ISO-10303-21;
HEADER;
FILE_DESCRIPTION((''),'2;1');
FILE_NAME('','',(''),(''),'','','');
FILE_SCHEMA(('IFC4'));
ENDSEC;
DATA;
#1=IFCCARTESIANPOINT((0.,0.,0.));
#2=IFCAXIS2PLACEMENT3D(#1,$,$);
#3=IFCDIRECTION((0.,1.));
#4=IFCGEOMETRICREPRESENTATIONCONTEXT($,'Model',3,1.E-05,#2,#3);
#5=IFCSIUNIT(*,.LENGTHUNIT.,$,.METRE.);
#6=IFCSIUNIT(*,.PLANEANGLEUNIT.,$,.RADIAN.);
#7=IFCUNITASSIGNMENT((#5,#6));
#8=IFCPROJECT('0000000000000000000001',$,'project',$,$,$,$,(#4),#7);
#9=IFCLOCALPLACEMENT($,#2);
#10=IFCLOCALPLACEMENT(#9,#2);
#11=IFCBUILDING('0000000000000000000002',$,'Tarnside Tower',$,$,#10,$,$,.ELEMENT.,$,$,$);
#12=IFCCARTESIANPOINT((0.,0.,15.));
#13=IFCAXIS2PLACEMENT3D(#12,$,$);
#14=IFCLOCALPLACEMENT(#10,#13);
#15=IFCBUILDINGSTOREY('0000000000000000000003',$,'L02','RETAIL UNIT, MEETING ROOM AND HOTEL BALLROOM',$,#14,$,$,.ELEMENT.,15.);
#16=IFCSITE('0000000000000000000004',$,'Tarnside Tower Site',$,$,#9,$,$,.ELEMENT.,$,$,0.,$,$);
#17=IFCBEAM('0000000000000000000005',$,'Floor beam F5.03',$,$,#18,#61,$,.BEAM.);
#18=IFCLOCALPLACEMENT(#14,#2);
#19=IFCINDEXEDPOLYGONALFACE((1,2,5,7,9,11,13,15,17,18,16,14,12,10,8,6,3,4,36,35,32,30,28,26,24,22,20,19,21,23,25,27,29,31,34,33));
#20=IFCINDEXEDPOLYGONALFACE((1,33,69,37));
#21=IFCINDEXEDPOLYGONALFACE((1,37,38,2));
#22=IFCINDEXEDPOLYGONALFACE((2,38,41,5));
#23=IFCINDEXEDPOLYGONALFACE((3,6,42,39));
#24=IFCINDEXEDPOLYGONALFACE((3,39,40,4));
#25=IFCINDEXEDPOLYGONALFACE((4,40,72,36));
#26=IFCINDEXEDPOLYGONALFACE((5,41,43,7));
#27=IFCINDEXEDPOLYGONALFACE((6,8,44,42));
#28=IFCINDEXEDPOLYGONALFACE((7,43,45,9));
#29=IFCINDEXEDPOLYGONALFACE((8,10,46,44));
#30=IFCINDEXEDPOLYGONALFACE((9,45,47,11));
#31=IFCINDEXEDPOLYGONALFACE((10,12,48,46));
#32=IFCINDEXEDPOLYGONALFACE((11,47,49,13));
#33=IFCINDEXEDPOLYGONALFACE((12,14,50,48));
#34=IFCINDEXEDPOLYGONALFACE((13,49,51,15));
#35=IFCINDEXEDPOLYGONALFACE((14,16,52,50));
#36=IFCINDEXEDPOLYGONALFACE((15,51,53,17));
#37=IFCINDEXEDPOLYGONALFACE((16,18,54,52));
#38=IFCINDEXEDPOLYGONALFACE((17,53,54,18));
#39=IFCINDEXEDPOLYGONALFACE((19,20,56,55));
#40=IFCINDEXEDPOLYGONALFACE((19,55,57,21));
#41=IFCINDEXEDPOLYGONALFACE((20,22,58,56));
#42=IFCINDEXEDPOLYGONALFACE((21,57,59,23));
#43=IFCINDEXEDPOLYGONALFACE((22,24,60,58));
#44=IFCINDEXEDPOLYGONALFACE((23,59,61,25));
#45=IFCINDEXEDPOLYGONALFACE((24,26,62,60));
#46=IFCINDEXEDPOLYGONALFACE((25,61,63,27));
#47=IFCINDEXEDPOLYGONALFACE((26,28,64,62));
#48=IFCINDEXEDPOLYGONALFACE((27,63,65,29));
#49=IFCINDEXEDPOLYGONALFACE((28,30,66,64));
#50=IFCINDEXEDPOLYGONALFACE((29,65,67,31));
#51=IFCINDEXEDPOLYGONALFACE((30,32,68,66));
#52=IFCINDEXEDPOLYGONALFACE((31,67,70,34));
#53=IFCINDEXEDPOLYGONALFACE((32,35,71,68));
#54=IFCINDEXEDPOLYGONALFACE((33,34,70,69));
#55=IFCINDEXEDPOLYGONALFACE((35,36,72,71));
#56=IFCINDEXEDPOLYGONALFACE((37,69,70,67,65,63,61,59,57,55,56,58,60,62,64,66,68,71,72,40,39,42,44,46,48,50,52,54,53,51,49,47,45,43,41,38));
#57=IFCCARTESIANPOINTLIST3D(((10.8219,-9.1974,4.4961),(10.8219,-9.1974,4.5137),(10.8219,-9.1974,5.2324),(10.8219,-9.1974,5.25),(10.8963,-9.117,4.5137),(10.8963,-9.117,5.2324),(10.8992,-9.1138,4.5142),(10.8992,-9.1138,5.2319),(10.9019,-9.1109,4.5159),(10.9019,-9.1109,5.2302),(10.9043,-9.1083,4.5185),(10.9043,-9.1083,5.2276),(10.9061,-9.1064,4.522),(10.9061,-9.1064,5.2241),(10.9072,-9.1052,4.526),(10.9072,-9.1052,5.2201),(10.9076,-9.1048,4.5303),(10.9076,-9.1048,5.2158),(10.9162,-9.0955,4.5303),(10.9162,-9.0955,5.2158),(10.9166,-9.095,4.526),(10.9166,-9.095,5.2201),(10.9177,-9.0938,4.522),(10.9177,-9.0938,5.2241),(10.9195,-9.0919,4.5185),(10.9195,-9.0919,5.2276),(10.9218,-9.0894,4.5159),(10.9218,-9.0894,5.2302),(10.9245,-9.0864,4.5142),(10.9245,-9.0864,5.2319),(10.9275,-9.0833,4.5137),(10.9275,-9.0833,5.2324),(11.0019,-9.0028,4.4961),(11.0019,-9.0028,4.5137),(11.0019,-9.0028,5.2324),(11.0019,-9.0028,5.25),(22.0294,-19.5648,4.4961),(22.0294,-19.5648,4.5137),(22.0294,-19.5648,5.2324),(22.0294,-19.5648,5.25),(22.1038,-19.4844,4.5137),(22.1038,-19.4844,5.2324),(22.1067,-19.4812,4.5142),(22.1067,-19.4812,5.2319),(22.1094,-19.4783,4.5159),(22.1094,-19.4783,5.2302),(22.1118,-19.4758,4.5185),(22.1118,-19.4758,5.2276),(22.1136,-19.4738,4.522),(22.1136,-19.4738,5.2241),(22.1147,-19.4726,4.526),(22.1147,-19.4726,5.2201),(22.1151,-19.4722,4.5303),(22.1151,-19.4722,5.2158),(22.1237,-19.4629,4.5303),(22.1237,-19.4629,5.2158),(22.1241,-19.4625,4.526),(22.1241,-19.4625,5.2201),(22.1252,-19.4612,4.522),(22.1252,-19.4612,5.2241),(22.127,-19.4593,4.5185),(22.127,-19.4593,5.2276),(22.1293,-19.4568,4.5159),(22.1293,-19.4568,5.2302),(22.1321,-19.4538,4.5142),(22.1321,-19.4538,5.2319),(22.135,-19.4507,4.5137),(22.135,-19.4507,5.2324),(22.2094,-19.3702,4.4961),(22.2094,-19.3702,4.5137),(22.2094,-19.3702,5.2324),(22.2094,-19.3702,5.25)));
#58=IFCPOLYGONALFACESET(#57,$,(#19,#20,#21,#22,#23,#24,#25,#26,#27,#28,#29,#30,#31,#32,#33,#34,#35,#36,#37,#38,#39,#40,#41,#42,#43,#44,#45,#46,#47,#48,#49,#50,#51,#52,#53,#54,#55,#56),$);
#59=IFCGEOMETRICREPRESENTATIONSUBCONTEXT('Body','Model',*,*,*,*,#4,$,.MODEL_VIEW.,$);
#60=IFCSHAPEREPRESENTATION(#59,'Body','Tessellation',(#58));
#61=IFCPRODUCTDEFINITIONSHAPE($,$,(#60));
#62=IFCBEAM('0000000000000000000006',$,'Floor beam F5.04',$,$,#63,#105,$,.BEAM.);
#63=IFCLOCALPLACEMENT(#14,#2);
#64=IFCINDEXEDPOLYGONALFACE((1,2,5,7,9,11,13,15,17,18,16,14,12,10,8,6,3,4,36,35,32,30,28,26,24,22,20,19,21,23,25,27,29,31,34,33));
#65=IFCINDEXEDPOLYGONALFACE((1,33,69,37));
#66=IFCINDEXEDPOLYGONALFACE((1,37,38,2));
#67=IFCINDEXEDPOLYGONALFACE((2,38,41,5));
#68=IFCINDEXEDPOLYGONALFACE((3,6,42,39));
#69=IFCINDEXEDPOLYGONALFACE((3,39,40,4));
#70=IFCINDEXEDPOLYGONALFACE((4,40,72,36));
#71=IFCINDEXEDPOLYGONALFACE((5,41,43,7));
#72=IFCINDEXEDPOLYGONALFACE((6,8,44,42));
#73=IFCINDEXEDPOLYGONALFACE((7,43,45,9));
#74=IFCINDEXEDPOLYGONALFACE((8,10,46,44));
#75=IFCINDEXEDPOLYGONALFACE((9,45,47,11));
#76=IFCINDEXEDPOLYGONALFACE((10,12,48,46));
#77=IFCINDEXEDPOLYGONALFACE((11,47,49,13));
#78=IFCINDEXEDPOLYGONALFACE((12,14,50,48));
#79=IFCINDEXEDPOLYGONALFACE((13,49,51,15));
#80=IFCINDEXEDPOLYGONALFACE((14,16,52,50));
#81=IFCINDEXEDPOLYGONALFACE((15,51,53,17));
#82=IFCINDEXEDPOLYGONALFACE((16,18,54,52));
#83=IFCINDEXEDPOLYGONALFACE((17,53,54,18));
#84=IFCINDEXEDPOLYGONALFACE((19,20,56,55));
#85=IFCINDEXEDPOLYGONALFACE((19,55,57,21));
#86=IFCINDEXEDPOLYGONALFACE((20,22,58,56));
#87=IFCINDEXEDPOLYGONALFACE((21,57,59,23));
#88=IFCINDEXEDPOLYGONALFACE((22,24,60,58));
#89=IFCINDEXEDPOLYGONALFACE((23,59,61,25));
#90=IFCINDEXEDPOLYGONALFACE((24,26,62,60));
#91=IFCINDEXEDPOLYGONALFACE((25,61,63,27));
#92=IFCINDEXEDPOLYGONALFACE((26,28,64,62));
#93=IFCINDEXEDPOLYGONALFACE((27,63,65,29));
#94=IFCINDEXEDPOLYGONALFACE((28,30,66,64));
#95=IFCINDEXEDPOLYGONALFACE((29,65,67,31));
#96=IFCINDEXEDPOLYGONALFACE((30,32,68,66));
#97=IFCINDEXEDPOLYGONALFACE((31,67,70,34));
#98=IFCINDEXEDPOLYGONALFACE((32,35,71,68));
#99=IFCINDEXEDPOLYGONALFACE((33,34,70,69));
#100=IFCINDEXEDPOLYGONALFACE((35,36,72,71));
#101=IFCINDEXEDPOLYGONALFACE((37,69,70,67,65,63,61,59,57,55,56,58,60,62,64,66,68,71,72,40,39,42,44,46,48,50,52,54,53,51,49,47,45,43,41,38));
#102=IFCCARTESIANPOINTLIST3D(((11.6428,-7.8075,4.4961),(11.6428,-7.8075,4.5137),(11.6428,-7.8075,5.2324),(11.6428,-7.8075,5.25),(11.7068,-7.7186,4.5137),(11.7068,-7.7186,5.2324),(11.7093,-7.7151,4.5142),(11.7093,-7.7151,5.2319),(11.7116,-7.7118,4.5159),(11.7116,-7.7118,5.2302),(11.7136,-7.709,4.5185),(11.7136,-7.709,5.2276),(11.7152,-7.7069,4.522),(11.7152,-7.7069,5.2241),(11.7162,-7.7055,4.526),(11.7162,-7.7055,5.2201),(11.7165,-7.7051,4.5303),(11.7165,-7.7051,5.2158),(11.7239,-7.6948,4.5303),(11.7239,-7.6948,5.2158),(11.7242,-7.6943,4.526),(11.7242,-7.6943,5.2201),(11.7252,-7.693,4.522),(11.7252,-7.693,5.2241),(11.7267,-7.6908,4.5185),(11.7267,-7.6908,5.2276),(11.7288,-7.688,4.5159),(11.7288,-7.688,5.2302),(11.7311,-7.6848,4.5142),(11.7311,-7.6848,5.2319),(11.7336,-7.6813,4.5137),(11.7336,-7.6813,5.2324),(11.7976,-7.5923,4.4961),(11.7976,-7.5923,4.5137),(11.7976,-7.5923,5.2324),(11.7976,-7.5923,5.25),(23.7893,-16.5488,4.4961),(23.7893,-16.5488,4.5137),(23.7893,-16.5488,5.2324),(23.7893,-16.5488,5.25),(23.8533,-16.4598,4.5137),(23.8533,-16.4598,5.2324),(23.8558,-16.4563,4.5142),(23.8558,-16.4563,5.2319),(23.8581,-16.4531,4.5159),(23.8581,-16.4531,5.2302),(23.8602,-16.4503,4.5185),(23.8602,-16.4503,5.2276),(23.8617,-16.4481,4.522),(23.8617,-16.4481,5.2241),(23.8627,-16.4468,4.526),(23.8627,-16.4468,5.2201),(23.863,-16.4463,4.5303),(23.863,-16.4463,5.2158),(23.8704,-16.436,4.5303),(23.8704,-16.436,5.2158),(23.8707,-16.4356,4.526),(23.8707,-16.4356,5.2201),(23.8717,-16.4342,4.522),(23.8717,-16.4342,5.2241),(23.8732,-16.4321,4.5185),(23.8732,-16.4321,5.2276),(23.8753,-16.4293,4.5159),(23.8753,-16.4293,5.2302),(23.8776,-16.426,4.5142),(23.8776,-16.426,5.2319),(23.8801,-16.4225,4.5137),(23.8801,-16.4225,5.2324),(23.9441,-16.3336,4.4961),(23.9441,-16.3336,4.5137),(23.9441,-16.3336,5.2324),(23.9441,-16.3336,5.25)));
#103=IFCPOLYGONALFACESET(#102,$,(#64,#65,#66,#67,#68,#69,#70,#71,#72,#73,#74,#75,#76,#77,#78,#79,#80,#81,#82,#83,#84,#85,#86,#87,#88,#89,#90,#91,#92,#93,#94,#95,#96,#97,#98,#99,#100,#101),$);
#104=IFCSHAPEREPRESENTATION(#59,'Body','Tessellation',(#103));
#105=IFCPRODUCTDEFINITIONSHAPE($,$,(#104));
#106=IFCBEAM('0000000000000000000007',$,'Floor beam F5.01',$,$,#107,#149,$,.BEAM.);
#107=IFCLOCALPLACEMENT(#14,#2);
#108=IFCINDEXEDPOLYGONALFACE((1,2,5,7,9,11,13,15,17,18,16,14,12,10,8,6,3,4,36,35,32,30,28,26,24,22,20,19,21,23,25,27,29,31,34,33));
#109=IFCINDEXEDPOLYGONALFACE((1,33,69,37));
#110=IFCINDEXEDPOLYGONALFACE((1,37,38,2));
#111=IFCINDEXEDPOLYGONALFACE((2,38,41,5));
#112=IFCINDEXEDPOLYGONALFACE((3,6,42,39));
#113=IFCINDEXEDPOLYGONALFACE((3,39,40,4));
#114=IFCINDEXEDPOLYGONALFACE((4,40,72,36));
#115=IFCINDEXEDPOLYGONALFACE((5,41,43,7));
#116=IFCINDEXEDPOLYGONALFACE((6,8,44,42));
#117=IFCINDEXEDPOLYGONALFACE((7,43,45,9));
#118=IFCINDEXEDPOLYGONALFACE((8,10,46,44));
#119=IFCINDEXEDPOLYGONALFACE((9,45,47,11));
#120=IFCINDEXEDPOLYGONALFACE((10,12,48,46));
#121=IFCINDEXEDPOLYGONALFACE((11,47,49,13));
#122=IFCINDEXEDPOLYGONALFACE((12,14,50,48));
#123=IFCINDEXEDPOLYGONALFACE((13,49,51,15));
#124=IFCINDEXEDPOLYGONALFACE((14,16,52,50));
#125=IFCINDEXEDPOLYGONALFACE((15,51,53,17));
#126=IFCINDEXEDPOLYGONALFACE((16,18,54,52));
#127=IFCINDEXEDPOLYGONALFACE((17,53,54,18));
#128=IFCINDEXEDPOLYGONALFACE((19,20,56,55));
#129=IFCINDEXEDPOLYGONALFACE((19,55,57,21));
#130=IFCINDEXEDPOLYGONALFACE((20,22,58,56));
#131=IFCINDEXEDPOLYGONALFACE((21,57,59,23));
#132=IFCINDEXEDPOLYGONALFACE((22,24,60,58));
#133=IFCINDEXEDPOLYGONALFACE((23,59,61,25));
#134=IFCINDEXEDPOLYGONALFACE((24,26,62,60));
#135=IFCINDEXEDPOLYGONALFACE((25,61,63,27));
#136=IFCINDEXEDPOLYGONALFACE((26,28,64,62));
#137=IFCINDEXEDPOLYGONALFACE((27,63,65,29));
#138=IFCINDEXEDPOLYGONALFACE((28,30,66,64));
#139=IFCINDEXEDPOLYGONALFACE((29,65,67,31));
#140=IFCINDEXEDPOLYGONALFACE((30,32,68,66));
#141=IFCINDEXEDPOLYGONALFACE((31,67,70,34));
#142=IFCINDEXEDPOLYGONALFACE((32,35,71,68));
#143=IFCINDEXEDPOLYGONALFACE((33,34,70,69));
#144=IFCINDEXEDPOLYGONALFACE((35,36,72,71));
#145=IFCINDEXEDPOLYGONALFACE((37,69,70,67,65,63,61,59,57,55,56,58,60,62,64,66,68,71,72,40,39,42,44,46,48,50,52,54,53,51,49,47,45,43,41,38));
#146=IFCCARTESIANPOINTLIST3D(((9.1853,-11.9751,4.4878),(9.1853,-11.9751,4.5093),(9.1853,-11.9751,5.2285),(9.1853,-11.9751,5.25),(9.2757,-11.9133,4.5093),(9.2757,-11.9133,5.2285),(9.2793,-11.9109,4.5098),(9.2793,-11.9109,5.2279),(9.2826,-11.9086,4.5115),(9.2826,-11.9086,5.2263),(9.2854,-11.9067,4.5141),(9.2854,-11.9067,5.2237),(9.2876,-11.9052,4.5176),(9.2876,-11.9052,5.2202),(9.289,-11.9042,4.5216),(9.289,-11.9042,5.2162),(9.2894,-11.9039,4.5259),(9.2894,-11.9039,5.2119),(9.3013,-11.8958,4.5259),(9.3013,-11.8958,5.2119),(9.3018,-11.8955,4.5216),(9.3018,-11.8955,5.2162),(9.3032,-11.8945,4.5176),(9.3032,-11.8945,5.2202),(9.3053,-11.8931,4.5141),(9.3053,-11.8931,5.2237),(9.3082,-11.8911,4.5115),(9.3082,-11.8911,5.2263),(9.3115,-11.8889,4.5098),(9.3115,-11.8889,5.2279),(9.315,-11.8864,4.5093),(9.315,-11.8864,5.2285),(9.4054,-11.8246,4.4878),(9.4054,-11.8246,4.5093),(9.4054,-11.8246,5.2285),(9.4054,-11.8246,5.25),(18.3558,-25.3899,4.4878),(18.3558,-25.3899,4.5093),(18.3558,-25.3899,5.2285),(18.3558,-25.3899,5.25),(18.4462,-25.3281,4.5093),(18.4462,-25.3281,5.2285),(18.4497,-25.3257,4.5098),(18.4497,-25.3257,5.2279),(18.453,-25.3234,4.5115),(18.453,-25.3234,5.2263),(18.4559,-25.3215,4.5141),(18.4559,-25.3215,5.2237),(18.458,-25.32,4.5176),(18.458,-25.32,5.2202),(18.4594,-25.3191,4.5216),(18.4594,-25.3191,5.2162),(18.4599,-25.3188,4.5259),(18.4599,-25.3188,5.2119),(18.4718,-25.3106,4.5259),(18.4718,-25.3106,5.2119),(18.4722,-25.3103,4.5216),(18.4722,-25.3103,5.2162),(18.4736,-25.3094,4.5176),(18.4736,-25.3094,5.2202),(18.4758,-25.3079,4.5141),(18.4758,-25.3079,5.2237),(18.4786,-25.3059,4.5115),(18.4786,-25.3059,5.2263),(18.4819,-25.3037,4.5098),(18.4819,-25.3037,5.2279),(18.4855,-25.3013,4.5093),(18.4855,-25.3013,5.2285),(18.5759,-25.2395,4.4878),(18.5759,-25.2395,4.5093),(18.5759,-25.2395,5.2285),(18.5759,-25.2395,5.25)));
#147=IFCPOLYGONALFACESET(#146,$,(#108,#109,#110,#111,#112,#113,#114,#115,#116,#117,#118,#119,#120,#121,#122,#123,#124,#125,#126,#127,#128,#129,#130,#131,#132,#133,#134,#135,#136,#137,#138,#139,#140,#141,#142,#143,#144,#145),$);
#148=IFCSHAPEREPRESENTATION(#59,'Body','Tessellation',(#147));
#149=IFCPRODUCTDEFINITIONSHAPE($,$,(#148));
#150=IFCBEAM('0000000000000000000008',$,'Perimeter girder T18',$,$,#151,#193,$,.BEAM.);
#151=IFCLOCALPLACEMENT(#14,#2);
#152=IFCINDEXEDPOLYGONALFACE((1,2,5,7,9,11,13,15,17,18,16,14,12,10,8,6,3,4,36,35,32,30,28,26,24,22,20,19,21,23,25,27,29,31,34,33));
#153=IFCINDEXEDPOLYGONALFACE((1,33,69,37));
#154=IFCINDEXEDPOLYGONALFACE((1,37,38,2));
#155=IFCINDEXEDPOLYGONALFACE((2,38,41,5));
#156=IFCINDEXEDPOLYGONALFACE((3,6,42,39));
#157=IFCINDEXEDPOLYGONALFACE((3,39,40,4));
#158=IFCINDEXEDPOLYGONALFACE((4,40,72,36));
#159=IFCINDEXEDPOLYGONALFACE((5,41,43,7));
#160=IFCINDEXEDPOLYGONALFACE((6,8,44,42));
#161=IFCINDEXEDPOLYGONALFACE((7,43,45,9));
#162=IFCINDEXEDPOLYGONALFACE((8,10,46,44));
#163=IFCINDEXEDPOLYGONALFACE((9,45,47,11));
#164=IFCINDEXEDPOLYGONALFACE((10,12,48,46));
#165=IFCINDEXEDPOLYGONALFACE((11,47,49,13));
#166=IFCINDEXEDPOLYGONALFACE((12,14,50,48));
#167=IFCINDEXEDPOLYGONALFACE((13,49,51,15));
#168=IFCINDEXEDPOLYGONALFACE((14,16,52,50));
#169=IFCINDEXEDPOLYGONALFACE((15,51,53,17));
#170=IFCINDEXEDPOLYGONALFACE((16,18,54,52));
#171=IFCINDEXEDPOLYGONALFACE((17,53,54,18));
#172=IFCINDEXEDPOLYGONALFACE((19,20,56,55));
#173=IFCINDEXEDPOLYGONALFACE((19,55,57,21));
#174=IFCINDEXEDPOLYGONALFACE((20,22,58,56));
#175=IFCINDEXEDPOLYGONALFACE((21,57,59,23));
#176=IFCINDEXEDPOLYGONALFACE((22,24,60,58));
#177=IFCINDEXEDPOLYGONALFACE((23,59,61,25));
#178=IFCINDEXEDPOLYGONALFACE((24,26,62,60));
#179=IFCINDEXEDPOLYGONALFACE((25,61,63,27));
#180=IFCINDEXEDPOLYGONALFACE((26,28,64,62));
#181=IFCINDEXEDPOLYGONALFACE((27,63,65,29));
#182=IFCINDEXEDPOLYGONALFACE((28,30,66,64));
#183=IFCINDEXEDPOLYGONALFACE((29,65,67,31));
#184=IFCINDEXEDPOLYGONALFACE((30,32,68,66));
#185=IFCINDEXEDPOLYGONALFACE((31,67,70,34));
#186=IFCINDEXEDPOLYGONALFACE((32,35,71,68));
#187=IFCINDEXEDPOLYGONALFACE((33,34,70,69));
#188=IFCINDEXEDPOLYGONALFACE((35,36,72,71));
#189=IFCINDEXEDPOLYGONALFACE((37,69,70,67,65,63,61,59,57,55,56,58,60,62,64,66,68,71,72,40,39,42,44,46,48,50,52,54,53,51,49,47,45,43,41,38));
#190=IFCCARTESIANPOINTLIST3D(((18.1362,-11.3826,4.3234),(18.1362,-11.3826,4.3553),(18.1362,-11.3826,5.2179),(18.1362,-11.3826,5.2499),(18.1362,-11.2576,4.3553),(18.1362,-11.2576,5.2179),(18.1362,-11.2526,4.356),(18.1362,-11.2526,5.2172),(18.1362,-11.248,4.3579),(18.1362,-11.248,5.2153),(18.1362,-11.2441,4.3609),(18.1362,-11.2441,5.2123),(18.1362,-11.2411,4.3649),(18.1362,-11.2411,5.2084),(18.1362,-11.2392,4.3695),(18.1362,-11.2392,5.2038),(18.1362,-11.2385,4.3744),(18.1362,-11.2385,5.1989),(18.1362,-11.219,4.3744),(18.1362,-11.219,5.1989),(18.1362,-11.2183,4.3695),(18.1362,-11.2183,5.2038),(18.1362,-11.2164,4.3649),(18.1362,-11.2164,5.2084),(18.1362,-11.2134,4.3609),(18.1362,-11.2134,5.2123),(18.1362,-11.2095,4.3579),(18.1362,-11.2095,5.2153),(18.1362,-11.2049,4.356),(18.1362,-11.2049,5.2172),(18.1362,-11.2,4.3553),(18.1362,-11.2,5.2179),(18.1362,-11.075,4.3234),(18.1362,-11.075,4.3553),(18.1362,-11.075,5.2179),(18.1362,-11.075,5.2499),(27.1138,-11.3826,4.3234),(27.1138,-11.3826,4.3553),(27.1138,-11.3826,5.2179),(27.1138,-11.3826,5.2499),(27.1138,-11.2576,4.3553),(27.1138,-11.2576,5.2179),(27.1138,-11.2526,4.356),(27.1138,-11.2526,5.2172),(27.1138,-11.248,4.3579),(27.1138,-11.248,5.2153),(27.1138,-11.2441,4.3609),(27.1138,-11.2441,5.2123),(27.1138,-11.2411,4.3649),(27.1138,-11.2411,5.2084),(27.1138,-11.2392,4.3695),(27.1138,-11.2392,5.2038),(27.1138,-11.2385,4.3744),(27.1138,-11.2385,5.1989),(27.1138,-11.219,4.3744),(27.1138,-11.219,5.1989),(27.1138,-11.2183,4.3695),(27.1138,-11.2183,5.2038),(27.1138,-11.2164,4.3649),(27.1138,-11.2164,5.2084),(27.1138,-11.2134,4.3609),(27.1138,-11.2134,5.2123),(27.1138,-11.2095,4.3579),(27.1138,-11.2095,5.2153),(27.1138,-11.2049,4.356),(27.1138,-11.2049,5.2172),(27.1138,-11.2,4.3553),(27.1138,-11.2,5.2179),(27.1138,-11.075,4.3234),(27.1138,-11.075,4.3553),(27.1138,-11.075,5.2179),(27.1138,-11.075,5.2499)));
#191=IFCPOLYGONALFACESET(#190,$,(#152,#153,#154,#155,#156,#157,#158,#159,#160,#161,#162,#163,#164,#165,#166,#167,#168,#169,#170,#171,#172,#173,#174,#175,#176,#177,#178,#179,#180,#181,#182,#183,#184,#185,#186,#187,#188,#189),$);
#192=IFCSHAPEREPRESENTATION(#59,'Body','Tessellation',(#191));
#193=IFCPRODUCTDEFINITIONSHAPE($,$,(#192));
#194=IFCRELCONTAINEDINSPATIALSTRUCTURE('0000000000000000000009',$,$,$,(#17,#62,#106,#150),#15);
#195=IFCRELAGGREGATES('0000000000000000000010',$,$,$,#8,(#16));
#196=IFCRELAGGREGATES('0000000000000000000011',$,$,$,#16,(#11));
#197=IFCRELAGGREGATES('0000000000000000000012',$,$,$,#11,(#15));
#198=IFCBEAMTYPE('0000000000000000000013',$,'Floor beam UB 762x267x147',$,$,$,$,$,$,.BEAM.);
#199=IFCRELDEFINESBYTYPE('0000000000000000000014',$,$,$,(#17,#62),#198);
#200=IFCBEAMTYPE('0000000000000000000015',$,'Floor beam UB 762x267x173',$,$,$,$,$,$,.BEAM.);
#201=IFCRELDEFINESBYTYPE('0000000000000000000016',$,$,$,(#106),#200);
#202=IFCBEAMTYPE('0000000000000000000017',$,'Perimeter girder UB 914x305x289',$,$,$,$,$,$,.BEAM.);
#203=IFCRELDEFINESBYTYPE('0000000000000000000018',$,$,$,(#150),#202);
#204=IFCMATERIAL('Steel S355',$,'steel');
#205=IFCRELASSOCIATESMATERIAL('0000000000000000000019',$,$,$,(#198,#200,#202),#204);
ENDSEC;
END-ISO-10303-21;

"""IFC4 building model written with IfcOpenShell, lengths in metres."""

from ifc_helpers import new_model, si_unit, direction, frame, origin, origin_2d, place, context, subcontext, project, spatial, i_section, extrude, material, material_profile, profile_set, type_object, element, save


model = new_model("IFC4")

# Units and contexts
model_context = context("Model", 3, precision=1e-05, world=origin(), true_north=direction((0.0, 1.0)))
body_context = subcontext(model_context, "Body", "Model", "MODEL_VIEW")
ifc_project = project(units=[si_unit("LENGTHUNIT", "METRE"), si_unit("PLANEANGLEUNIT", "RADIAN")], contexts=[model_context])

# Site, building, storey
site_placement = place(None, origin())
site = spatial("IfcSite", under=ifc_project, at=site_placement, Name="Tarnside Tower Site", CompositionType="ELEMENT", RefElevation=0.0)
building_placement = place(site_placement, origin())
building = spatial("IfcBuilding", under=site, at=building_placement, Name="Tarnside Tower", CompositionType="ELEMENT")
storey_placement = place(building_placement, frame((0.0, 0.0, 15.0)))
storey = spatial("IfcBuildingStorey", under=building, at=storey_placement, Name="L02", Description="RETAIL UNIT, MEETING ROOM AND HOTEL BALLROOM", CompositionType="ELEMENT", Elevation=15.0)

# Beams
ifc_material_1 = material(Name="Steel S355", Category="steel")
ifc_material_profile_1 = material_profile(ifc_material_1, i_section(OverallWidth=0.2651, OverallDepth=0.7539, WebThickness=0.0127, FlangeThickness=0.0176, FilletRadius=0.0166, at=origin_2d()), Name="UB 762x267x147")
ifc_profile_set_1 = profile_set([ifc_material_profile_1], Name="Steel S355")
beam_type_1 = type_object("IfcBeamType", Name="Floor beam UB 762x267x147", PredefinedType="BEAM", material=ifc_profile_set_1)
beam_1_placement = place(storey_placement, frame((22.1194, -19.4675, 4.873), z_axis=(-0.734084, 0.679059, 0.0), x_axis=(-0.679059, -0.734084, 0.0)))
element("IfcBeam", 1, at=beam_1_placement, inside=storey, type_object=beam_type_1, Name="Floor beam F5.03", PredefinedType="BEAM", context=body_context, shape_type="SweptSolid", body=[
    extrude(i_section(OverallWidth=0.2651, OverallDepth=0.7539, WebThickness=0.0127, FlangeThickness=0.0176, FilletRadius=0.0166, at=origin_2d()), origin(), (0.0, 0.0, 1.0), 15.2673),
])
beam_2_placement = place(storey_placement, frame((23.8667, -16.4412, 4.873), z_axis=(-0.811669, 0.584117, 0.0), x_axis=(-0.584117, -0.811669, 0.0)))
element("IfcBeam", 2, at=beam_2_placement, inside=storey, type_object=beam_type_1, Name="Floor beam F5.04", PredefinedType="BEAM", context=body_context, shape_type="SweptSolid", body=[
    extrude(i_section(OverallWidth=0.2651, OverallDepth=0.7539, WebThickness=0.0127, FlangeThickness=0.0176, FilletRadius=0.0166, at=origin_2d()), origin(), (0.0, 0.0, 1.0), 14.9648),
])
ifc_material_profile_2 = material_profile(ifc_material_1, i_section(OverallWidth=0.2666, OverallDepth=0.7622, WebThickness=0.0144, FlangeThickness=0.0215, FilletRadius=0.0166, at=origin_2d()), Name="UB 762x267x173")
ifc_profile_set_2 = profile_set([ifc_material_profile_2], Name="Steel S355")
beam_type_2 = type_object("IfcBeamType", Name="Floor beam UB 762x267x173", PredefinedType="BEAM", material=ifc_profile_set_2)
beam_3_placement = place(storey_placement, frame((18.4658, -25.3147, 4.8689), z_axis=(-0.564343, 0.82554, 0.0), x_axis=(-0.82554, -0.564343, 0.0)))
element("IfcBeam", 3, at=beam_3_placement, inside=storey, type_object=beam_type_2, Name="Floor beam F5.01", PredefinedType="BEAM", context=body_context, shape_type="SweptSolid", body=[
    extrude(i_section(OverallWidth=0.2666, OverallDepth=0.7622, WebThickness=0.0144, FlangeThickness=0.0215, FilletRadius=0.0166, at=origin_2d()), origin(), (0.0, 0.0, 1.0), 16.2498),
])
ifc_material_profile_3 = material_profile(ifc_material_1, i_section(OverallWidth=0.3076, OverallDepth=0.9265, WebThickness=0.0195, FlangeThickness=0.032, FilletRadius=0.019, at=origin_2d()), Name="UB 914x305x289")
ifc_profile_set_3 = profile_set([ifc_material_profile_3], Name="Steel S355")
beam_type_3 = type_object("IfcBeamType", Name="Perimeter girder UB 914x305x289", PredefinedType="BEAM", material=ifc_profile_set_3)
beam_4_placement = place(storey_placement, frame((27.1138, -11.2288, 4.7866), z_axis=(-1.0, 0.0, 0.0), x_axis=(0.0, -1.0, 0.0)))
element("IfcBeam", 4, at=beam_4_placement, inside=storey, type_object=beam_type_3, Name="Perimeter girder T18", PredefinedType="BEAM", context=body_context, shape_type="SweptSolid", body=[
    extrude(i_section(OverallWidth=0.3076, OverallDepth=0.9265, WebThickness=0.0195, FlangeThickness=0.032, FilletRadius=0.019, at=origin_2d()), origin(), (0.0, 0.0, 1.0), 8.9775),
])

save(model, "model.ifc")
